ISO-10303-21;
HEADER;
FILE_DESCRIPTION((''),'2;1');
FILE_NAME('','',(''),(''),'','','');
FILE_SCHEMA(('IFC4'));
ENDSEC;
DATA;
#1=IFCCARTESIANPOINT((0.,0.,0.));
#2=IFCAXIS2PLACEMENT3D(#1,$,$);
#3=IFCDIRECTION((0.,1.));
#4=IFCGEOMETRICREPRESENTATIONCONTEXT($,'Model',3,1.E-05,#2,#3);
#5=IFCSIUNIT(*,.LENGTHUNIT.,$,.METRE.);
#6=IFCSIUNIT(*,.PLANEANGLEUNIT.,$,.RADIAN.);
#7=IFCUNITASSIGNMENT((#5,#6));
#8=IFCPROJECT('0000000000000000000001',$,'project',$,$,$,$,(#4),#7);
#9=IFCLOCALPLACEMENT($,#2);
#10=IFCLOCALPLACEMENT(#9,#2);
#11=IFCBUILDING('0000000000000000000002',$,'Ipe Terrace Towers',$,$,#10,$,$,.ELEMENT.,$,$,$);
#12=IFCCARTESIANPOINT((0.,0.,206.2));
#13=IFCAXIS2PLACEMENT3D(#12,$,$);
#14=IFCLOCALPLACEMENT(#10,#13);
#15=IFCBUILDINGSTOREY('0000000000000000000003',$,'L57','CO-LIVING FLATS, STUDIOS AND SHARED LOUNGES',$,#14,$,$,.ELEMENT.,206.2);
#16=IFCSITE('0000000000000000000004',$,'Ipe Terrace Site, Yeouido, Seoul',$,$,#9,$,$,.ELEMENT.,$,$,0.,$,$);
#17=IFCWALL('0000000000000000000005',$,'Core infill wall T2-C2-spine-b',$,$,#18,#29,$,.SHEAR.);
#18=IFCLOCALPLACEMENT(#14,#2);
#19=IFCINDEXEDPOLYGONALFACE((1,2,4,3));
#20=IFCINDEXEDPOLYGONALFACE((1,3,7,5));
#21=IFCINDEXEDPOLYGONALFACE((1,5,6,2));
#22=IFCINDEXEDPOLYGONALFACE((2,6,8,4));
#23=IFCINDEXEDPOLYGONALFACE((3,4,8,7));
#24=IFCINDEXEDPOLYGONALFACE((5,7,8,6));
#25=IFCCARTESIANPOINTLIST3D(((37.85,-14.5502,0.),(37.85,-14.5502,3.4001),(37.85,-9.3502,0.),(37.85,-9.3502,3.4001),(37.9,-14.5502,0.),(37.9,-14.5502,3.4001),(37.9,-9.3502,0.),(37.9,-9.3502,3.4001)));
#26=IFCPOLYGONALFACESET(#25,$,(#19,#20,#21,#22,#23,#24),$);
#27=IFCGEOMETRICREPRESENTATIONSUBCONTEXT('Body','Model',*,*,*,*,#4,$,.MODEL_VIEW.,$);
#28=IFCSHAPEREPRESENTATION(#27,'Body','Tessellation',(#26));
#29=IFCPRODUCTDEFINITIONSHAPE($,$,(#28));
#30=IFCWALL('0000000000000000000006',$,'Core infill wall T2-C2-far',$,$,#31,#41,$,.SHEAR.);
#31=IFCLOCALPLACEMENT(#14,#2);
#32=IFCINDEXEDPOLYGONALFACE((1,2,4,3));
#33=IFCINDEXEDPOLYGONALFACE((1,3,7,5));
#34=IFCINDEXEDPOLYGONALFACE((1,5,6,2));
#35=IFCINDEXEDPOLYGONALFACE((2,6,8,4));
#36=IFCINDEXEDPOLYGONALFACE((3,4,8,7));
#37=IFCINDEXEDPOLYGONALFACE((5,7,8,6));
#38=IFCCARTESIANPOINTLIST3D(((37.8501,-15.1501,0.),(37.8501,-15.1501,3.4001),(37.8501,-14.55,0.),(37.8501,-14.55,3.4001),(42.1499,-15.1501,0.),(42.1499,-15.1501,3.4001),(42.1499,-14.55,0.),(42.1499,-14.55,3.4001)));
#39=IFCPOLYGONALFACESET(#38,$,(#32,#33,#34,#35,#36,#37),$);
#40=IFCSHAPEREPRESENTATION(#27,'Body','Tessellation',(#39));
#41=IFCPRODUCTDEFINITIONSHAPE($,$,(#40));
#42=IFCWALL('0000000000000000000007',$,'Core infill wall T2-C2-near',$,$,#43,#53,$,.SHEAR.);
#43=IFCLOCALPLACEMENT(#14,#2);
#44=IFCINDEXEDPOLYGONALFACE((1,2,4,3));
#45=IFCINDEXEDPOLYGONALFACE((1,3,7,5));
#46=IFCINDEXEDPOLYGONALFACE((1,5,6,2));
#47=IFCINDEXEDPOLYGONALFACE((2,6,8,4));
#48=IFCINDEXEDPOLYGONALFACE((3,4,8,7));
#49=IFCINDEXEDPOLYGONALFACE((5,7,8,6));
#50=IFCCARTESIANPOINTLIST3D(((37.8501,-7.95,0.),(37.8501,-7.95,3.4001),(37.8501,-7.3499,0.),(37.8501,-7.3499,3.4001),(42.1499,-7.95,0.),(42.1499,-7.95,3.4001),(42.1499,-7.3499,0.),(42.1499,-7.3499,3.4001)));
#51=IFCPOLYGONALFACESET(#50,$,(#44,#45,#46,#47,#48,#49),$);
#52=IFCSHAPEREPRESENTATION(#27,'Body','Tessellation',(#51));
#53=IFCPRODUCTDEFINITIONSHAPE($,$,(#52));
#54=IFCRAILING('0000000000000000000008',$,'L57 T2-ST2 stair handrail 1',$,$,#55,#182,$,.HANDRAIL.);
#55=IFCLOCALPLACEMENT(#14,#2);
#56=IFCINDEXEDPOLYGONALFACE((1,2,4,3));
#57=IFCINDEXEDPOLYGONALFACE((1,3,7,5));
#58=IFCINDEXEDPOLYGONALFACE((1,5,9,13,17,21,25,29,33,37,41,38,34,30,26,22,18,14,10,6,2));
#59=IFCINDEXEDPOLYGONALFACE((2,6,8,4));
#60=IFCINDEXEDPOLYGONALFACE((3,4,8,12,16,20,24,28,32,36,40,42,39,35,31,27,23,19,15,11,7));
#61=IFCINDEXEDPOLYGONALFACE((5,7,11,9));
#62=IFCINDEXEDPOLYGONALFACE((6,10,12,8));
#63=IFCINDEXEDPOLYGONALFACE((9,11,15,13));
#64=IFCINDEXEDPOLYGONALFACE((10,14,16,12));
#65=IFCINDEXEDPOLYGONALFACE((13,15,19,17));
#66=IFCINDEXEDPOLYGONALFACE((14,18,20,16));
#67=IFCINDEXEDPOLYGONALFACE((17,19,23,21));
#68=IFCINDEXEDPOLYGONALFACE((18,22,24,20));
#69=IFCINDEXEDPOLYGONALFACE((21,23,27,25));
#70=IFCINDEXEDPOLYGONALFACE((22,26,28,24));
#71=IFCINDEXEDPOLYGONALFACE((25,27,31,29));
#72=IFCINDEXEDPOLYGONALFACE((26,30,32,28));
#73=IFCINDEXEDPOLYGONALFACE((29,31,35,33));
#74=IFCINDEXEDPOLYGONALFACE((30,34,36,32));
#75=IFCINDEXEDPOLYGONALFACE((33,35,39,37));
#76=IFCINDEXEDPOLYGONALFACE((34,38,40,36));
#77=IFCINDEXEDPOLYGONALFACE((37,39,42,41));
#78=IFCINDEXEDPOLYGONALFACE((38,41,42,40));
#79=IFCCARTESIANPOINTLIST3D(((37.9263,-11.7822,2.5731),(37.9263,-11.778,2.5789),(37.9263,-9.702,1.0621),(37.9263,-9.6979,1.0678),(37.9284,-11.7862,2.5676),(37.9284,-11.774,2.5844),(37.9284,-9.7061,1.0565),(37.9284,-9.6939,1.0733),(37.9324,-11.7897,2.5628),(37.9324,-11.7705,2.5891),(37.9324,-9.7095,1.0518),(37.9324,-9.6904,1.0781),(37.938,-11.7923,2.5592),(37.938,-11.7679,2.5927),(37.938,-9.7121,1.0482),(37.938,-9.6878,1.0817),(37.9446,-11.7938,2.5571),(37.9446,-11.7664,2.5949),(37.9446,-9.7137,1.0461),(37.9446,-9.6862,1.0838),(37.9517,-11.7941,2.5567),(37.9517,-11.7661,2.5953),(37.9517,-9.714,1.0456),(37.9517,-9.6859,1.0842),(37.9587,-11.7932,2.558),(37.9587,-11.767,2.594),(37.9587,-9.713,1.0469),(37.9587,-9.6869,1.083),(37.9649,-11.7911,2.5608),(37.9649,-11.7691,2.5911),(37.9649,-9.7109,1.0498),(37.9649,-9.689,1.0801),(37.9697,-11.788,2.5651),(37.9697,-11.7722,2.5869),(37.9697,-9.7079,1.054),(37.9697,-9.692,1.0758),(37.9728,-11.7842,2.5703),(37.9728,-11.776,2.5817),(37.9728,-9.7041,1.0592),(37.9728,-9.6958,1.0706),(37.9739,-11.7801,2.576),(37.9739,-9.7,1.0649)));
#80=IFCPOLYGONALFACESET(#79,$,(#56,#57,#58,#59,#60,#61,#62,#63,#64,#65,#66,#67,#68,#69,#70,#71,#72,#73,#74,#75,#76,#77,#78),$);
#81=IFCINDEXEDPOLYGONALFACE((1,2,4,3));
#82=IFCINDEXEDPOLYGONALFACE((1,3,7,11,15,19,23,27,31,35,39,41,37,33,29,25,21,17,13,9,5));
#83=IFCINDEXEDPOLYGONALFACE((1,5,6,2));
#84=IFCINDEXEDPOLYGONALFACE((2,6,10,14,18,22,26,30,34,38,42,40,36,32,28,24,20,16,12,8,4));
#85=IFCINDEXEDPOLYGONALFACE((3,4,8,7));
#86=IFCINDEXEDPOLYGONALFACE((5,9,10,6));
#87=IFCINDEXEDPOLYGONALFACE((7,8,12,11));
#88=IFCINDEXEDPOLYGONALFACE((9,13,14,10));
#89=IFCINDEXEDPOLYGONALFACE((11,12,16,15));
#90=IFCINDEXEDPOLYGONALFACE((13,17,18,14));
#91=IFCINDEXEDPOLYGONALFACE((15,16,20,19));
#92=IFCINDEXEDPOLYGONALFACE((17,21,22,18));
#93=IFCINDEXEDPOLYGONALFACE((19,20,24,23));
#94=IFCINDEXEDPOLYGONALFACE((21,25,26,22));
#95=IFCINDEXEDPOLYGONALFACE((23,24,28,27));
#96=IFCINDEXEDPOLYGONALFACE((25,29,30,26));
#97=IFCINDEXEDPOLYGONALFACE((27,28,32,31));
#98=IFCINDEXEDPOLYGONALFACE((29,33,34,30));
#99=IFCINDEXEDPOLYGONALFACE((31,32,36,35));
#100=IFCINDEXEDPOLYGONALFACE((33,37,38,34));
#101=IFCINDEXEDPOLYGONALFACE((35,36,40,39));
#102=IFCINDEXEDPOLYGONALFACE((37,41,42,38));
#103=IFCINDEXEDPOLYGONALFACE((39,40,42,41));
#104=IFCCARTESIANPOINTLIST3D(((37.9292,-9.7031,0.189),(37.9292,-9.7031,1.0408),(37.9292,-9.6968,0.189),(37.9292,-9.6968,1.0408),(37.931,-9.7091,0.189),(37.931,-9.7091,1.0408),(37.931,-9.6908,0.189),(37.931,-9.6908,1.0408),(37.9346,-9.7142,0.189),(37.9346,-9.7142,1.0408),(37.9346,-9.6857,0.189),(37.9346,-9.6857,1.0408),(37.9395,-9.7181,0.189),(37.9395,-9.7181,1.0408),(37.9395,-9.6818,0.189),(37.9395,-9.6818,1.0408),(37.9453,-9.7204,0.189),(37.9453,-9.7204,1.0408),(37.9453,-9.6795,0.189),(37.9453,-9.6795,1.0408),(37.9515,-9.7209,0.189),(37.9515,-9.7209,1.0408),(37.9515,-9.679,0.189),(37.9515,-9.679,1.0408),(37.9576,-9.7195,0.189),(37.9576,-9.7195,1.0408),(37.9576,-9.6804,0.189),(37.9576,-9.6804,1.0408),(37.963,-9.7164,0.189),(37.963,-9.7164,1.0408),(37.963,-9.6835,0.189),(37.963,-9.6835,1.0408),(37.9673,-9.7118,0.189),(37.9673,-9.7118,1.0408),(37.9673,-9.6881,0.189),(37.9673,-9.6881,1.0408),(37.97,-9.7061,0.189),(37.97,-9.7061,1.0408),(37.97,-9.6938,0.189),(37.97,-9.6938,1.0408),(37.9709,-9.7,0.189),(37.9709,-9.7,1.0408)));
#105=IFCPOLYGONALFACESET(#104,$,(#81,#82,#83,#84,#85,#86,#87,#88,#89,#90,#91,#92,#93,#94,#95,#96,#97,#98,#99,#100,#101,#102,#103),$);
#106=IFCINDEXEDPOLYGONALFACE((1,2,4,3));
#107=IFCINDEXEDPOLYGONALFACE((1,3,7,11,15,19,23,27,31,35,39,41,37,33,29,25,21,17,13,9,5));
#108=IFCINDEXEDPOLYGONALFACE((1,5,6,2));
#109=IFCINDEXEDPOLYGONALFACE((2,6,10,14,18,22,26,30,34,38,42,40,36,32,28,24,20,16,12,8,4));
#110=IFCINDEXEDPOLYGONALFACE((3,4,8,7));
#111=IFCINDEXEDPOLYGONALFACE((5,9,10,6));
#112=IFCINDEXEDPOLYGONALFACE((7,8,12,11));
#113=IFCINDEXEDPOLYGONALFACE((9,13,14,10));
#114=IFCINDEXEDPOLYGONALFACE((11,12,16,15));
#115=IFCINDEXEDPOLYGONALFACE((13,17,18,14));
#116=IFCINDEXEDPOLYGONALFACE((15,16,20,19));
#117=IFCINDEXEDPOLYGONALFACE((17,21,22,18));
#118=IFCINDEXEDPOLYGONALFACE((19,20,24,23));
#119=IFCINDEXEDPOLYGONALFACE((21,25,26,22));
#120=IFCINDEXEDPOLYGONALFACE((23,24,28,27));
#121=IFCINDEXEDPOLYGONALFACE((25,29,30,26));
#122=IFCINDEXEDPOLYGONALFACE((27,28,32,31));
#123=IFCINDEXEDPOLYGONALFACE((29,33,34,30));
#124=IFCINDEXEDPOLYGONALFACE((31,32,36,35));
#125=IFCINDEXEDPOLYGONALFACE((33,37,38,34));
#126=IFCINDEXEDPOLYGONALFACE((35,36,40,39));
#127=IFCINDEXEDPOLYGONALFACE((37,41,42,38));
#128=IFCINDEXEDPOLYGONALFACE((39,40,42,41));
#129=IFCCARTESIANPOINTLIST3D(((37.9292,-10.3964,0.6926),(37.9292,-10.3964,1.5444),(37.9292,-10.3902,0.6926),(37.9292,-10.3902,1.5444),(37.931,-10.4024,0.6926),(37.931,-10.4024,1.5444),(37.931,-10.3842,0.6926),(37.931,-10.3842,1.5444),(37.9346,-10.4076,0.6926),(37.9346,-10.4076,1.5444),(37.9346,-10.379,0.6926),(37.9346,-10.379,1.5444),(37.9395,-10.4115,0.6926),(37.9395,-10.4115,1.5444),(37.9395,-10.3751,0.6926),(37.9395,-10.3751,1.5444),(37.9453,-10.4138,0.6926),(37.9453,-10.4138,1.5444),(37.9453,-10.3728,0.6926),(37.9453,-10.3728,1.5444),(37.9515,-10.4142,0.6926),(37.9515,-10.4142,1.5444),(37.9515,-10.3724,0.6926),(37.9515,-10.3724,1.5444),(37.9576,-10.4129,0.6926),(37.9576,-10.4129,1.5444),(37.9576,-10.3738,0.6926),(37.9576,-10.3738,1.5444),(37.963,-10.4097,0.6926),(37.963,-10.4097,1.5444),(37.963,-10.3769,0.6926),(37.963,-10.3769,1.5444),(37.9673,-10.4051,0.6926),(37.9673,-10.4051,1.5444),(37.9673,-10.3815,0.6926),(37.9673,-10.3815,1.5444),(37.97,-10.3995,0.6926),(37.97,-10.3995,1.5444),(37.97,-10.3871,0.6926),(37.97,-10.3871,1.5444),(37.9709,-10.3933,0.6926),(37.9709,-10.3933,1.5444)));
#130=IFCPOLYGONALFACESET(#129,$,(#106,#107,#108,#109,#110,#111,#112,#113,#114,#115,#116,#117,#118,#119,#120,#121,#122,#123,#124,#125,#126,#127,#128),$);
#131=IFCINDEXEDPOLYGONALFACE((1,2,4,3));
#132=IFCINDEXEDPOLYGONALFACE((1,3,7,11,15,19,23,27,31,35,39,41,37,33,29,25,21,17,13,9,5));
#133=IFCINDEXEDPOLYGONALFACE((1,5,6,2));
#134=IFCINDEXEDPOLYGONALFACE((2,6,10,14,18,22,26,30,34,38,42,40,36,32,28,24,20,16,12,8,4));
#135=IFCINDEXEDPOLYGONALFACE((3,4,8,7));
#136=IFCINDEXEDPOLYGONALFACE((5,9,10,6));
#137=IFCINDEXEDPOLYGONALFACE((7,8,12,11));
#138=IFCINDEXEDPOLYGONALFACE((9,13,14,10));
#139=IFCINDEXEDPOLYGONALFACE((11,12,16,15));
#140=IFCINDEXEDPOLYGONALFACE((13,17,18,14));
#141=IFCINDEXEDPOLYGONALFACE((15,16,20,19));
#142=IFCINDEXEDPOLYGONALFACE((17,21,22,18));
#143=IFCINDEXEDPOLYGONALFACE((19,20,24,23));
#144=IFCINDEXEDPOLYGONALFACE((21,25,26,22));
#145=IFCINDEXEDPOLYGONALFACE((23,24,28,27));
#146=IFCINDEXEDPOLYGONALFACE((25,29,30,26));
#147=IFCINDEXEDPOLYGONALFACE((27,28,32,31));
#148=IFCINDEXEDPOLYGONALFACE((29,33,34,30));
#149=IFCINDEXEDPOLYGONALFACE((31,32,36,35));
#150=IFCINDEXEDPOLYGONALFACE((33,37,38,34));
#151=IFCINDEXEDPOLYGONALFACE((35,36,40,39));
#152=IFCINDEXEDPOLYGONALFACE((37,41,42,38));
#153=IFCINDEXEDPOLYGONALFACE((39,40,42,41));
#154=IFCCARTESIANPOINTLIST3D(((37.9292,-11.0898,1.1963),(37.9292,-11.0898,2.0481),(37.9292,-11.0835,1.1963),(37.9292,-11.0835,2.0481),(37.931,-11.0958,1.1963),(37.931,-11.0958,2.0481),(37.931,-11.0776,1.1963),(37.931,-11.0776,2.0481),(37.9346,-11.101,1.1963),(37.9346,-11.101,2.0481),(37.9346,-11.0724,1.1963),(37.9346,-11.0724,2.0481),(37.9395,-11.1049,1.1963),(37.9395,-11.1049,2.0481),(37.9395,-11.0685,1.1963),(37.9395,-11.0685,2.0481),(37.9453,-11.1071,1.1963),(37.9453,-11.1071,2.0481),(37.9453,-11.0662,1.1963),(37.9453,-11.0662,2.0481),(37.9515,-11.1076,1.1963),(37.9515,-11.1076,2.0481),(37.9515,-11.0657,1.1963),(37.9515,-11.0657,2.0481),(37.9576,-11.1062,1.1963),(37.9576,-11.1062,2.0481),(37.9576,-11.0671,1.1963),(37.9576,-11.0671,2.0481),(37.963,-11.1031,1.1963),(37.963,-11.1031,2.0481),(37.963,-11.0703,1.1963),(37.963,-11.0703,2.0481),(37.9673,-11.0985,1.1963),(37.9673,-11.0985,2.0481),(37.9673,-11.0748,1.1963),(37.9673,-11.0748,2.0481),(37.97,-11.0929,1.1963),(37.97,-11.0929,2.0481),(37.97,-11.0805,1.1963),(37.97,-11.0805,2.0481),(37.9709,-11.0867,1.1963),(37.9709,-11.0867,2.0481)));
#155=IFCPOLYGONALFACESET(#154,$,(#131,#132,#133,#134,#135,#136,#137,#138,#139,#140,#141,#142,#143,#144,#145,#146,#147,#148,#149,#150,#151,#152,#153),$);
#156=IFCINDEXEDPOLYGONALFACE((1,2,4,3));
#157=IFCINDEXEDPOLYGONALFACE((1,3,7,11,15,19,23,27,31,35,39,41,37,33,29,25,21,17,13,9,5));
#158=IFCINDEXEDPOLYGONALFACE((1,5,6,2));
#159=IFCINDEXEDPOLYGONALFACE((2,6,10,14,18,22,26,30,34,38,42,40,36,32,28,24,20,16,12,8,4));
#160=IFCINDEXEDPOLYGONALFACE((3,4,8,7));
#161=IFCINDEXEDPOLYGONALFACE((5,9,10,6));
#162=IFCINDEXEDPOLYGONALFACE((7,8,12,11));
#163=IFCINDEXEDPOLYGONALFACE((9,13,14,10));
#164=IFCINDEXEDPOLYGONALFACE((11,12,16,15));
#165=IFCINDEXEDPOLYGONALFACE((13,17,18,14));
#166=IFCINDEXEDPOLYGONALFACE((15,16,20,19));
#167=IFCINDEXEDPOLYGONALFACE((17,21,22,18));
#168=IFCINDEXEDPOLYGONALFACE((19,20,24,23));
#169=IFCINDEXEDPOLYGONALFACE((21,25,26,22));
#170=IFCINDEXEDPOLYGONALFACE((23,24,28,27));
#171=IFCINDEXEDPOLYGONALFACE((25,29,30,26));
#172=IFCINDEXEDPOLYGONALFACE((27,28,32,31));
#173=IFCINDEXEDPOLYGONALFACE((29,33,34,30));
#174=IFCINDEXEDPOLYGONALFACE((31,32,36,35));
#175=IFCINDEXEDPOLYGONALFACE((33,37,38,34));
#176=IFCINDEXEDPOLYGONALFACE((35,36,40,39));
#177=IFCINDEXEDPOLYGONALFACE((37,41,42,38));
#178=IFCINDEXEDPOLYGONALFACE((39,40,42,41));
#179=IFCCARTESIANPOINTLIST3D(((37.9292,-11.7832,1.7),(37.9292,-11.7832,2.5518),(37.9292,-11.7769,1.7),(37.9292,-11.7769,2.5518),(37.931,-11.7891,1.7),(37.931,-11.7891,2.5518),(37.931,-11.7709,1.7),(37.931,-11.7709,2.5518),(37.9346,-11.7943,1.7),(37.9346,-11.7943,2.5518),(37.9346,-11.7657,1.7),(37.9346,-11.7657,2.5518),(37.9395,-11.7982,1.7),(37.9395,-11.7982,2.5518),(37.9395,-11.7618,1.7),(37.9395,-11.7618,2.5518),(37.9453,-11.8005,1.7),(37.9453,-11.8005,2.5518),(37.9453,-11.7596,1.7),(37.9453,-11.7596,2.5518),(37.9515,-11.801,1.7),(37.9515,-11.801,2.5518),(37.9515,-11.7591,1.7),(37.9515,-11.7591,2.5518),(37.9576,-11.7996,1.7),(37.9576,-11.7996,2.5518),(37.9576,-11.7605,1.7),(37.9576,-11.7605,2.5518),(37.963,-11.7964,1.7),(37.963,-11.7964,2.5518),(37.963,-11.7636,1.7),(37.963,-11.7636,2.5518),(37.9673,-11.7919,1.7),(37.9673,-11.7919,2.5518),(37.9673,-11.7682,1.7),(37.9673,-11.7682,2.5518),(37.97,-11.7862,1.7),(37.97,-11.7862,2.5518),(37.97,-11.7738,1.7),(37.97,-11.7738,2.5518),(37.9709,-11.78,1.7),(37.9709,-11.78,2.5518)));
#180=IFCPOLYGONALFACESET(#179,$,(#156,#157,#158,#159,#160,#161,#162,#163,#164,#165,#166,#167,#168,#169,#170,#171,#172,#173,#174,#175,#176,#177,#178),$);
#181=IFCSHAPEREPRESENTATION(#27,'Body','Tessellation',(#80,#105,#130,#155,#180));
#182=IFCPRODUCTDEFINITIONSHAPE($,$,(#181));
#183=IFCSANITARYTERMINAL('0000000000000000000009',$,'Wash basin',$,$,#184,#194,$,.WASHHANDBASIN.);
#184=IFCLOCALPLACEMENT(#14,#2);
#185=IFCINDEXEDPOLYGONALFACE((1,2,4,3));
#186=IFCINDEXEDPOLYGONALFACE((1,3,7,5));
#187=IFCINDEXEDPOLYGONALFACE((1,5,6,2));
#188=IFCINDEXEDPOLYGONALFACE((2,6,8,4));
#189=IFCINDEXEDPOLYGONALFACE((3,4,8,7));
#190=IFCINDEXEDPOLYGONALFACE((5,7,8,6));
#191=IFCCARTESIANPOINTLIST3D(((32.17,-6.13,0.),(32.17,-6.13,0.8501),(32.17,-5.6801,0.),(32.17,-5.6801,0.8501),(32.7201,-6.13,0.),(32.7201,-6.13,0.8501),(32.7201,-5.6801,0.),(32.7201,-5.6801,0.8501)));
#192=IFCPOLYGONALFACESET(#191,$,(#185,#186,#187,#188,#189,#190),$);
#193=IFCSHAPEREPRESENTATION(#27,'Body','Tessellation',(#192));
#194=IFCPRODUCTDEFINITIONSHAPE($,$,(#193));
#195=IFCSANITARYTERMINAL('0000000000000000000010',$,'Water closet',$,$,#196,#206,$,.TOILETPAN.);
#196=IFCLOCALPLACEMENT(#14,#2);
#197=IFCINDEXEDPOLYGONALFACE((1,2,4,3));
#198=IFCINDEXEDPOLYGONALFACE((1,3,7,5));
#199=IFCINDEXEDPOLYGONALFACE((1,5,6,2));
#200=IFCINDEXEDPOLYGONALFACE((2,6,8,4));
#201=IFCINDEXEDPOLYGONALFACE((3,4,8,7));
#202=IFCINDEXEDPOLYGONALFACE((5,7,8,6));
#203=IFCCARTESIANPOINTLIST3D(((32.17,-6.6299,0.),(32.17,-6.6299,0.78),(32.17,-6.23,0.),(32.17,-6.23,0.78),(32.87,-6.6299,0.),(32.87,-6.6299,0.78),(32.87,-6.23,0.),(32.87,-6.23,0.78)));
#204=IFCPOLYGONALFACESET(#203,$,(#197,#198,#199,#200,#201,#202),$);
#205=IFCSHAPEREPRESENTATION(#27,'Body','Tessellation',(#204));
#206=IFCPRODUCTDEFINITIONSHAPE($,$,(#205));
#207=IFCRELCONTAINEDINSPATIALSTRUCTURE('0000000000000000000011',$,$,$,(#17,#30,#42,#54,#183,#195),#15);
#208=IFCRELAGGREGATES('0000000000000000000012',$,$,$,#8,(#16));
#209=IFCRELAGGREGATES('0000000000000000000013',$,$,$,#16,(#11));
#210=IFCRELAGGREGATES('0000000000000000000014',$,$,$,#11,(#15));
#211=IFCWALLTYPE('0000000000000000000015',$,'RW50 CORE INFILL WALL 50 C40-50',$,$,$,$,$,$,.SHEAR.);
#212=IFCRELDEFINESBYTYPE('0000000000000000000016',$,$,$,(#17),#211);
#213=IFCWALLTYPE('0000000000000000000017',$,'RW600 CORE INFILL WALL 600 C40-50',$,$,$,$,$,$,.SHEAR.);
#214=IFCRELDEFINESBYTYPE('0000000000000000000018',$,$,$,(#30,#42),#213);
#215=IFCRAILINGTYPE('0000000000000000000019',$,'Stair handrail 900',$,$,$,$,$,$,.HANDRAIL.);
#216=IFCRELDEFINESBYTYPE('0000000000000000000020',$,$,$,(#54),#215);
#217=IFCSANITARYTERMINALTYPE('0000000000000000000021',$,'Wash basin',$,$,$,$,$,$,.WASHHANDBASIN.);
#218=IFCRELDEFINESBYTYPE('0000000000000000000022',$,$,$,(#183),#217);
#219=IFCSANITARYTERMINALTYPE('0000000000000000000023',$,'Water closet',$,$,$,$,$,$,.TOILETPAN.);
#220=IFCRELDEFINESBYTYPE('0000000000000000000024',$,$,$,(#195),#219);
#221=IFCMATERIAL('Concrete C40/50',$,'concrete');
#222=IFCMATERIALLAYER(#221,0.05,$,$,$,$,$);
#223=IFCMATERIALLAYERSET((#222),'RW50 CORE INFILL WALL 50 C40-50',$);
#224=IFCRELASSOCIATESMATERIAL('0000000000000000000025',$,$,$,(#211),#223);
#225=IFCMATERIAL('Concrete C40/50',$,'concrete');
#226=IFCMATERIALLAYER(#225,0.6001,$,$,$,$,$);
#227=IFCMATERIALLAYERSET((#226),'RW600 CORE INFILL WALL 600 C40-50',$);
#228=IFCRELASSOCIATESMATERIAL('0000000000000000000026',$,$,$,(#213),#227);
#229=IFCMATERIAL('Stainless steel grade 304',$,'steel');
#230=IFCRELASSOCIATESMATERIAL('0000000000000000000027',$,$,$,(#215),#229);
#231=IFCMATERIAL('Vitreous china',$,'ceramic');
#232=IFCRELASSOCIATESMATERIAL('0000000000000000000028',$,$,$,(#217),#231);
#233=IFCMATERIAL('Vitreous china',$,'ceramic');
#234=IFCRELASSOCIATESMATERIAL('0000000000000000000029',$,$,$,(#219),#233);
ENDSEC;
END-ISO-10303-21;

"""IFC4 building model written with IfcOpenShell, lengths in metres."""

from ifc_helpers import new_model, si_unit, direction, frame, frame_2d, origin, origin_2d, place, context, subcontext, project, spatial, rectangle, circle, extrude, material, layer, layer_set, type_object, element, save


model = new_model("IFC4")

# Units and contexts
model_context = context("Model", 3, precision=1e-05, world=origin(), true_north=direction((0.0, 1.0)))
body_context = subcontext(model_context, "Body", "Model", "MODEL_VIEW")
ifc_project = project(units=[si_unit("LENGTHUNIT", "METRE"), si_unit("PLANEANGLEUNIT", "RADIAN")], contexts=[model_context])

# Site, building, storey
site_placement = place(None, origin())
site = spatial("IfcSite", under=ifc_project, at=site_placement, Name="Ipe Terrace Site, Yeouido, Seoul", CompositionType="ELEMENT", RefElevation=0.0)
building_placement = place(site_placement, origin())
building = spatial("IfcBuilding", under=site, at=building_placement, Name="Ipe Terrace Towers", CompositionType="ELEMENT")
storey_placement = place(building_placement, frame((0.0, 0.0, 206.2)))
storey = spatial("IfcBuildingStorey", under=building, at=storey_placement, Name="L57", Description="CO-LIVING FLATS, STUDIOS AND SHARED LOUNGES", CompositionType="ELEMENT", Elevation=206.2)

# Walls
ifc_material_1 = material(Name="Concrete C40/50", Category="concrete")
ifc_layer_1 = layer(ifc_material_1, 0.05)
ifc_layer_set_1 = layer_set([ifc_layer_1], Name="RW50 CORE INFILL WALL 50 C40-50")
wall_type_1 = type_object("IfcWallType", Name="RW50 CORE INFILL WALL 50 C40-50", PredefinedType="SHEAR", material=ifc_layer_set_1)
wall_1_placement = place(storey_placement, frame((37.875, -9.3501, 0.0), z_axis=(0.0, 0.0, 1.0), x_axis=(0.0, -1.0, 0.0)))
element("IfcWall", 1, at=wall_1_placement, inside=storey, type_object=wall_type_1, Name="Core infill wall T2-C2-spine-b", PredefinedType="SHEAR", context=body_context, shape_type="SweptSolid", body=[
    extrude(rectangle(XDim=5.2, YDim=0.05, at=frame_2d((2.6001, 0.0))), origin(), (0.0, 0.0, 1.0), 3.4001),
])
ifc_material_2 = material(Name="Concrete C40/50", Category="concrete")
ifc_layer_2 = layer(ifc_material_2, 0.6001)
ifc_layer_set_2 = layer_set([ifc_layer_2], Name="RW600 CORE INFILL WALL 600 C40-50")
wall_type_2 = type_object("IfcWallType", Name="RW600 CORE INFILL WALL 600 C40-50", PredefinedType="SHEAR", material=ifc_layer_set_2)
for number, where, z_axis, x_axis, name in (
    (2, (37.8501, -14.8501, 0.0), (0.0, 0.0, 1.0), (1.0, 0.0, 0.0), "Core infill wall T2-C2-far"),
    (3, (37.8501, -7.6499, 0.0), (0.0, 0.0, 1.0), (1.0, 0.0, 0.0), "Core infill wall T2-C2-near"),
):
    element("IfcWall", number, at=place(storey_placement, frame(where, z_axis=z_axis, x_axis=x_axis)), inside=storey, type_object=wall_type_2, Name=name, PredefinedType="SHEAR", context=body_context, shape_type="SweptSolid", body=[
        extrude(rectangle(XDim=4.2998, YDim=0.6001, at=frame_2d((2.1499, 0.0))), origin(), (0.0, 0.0, 1.0), 3.4001),
    ])

# Railing
ifc_material_3 = material(Name="Stainless steel grade 304", Category="steel")
railing_type_1 = type_object("IfcRailingType", Name="Stair handrail 900", PredefinedType="HANDRAIL", material=ifc_material_3)
railing_1_placement = place(storey_placement, frame((37.95, -9.7, 0.189)))
element("IfcRailing", 4, at=railing_1_placement, inside=storey, type_object=railing_type_1, Name="L57 T2-ST2 stair handrail 1", PredefinedType="HANDRAIL", context=body_context, shape_type="SweptSolid", body=[
    extrude(circle(Radius=0.0239, at=origin_2d()), frame((0.0, 0.0, 0.876), z_axis=(0.0, -0.809069, 0.587714), x_axis=(1.0, 0.0, 0.0)), (0.0, 0.0, 1.0), 2.571),
    extrude(circle(Radius=0.021, at=origin_2d()), origin(), (0.0, 0.0, 1.0), 0.8518),
    extrude(circle(Radius=0.021, at=origin_2d()), frame((0.0, -0.6934, 0.5037)), (0.0, 0.0, 1.0), 0.8518),
    extrude(circle(Radius=0.021, at=origin_2d()), frame((0.0, -1.3867, 1.0073)), (0.0, 0.0, 1.0), 0.8518),
    extrude(circle(Radius=0.021, at=origin_2d()), frame((0.0, -2.0801, 1.511)), (0.0, 0.0, 1.0), 0.8518),
])

# Sanitary terminals
ifc_material_4 = material(Name="Vitreous china", Category="ceramic")
sanitary_terminal_type_1 = type_object("IfcSanitaryTerminalType", Name="Wash basin", PredefinedType="WASHHANDBASIN", material=ifc_material_4)
sanitary_terminal_1_placement = place(storey_placement, frame((32.4451, -5.905, 0.0), z_axis=(0.0, 0.0, 1.0), x_axis=(1.0, 0.0, 0.0)))
element("IfcSanitaryTerminal", 5, at=sanitary_terminal_1_placement, inside=storey, type_object=sanitary_terminal_type_1, Name="Wash basin", PredefinedType="WASHHANDBASIN", context=body_context, shape_type="SweptSolid", body=[
    extrude(rectangle(XDim=0.55, YDim=0.45, at=origin_2d()), origin(), (0.0, 0.0, 1.0), 0.8501),
])
ifc_material_5 = material(Name="Vitreous china", Category="ceramic")
sanitary_terminal_type_2 = type_object("IfcSanitaryTerminalType", Name="Water closet", PredefinedType="TOILETPAN", material=ifc_material_5)
sanitary_terminal_2_placement = place(storey_placement, frame((32.52, -6.4299, 0.0), z_axis=(0.0, 0.0, 1.0), x_axis=(1.0, 0.0, 0.0)))
element("IfcSanitaryTerminal", 6, at=sanitary_terminal_2_placement, inside=storey, type_object=sanitary_terminal_type_2, Name="Water closet", PredefinedType="TOILETPAN", context=body_context, shape_type="SweptSolid", body=[
    extrude(rectangle(XDim=0.7, YDim=0.3999, at=origin_2d()), origin(), (0.0, 0.0, 1.0), 0.78),
])

save(model, "model.ifc")
